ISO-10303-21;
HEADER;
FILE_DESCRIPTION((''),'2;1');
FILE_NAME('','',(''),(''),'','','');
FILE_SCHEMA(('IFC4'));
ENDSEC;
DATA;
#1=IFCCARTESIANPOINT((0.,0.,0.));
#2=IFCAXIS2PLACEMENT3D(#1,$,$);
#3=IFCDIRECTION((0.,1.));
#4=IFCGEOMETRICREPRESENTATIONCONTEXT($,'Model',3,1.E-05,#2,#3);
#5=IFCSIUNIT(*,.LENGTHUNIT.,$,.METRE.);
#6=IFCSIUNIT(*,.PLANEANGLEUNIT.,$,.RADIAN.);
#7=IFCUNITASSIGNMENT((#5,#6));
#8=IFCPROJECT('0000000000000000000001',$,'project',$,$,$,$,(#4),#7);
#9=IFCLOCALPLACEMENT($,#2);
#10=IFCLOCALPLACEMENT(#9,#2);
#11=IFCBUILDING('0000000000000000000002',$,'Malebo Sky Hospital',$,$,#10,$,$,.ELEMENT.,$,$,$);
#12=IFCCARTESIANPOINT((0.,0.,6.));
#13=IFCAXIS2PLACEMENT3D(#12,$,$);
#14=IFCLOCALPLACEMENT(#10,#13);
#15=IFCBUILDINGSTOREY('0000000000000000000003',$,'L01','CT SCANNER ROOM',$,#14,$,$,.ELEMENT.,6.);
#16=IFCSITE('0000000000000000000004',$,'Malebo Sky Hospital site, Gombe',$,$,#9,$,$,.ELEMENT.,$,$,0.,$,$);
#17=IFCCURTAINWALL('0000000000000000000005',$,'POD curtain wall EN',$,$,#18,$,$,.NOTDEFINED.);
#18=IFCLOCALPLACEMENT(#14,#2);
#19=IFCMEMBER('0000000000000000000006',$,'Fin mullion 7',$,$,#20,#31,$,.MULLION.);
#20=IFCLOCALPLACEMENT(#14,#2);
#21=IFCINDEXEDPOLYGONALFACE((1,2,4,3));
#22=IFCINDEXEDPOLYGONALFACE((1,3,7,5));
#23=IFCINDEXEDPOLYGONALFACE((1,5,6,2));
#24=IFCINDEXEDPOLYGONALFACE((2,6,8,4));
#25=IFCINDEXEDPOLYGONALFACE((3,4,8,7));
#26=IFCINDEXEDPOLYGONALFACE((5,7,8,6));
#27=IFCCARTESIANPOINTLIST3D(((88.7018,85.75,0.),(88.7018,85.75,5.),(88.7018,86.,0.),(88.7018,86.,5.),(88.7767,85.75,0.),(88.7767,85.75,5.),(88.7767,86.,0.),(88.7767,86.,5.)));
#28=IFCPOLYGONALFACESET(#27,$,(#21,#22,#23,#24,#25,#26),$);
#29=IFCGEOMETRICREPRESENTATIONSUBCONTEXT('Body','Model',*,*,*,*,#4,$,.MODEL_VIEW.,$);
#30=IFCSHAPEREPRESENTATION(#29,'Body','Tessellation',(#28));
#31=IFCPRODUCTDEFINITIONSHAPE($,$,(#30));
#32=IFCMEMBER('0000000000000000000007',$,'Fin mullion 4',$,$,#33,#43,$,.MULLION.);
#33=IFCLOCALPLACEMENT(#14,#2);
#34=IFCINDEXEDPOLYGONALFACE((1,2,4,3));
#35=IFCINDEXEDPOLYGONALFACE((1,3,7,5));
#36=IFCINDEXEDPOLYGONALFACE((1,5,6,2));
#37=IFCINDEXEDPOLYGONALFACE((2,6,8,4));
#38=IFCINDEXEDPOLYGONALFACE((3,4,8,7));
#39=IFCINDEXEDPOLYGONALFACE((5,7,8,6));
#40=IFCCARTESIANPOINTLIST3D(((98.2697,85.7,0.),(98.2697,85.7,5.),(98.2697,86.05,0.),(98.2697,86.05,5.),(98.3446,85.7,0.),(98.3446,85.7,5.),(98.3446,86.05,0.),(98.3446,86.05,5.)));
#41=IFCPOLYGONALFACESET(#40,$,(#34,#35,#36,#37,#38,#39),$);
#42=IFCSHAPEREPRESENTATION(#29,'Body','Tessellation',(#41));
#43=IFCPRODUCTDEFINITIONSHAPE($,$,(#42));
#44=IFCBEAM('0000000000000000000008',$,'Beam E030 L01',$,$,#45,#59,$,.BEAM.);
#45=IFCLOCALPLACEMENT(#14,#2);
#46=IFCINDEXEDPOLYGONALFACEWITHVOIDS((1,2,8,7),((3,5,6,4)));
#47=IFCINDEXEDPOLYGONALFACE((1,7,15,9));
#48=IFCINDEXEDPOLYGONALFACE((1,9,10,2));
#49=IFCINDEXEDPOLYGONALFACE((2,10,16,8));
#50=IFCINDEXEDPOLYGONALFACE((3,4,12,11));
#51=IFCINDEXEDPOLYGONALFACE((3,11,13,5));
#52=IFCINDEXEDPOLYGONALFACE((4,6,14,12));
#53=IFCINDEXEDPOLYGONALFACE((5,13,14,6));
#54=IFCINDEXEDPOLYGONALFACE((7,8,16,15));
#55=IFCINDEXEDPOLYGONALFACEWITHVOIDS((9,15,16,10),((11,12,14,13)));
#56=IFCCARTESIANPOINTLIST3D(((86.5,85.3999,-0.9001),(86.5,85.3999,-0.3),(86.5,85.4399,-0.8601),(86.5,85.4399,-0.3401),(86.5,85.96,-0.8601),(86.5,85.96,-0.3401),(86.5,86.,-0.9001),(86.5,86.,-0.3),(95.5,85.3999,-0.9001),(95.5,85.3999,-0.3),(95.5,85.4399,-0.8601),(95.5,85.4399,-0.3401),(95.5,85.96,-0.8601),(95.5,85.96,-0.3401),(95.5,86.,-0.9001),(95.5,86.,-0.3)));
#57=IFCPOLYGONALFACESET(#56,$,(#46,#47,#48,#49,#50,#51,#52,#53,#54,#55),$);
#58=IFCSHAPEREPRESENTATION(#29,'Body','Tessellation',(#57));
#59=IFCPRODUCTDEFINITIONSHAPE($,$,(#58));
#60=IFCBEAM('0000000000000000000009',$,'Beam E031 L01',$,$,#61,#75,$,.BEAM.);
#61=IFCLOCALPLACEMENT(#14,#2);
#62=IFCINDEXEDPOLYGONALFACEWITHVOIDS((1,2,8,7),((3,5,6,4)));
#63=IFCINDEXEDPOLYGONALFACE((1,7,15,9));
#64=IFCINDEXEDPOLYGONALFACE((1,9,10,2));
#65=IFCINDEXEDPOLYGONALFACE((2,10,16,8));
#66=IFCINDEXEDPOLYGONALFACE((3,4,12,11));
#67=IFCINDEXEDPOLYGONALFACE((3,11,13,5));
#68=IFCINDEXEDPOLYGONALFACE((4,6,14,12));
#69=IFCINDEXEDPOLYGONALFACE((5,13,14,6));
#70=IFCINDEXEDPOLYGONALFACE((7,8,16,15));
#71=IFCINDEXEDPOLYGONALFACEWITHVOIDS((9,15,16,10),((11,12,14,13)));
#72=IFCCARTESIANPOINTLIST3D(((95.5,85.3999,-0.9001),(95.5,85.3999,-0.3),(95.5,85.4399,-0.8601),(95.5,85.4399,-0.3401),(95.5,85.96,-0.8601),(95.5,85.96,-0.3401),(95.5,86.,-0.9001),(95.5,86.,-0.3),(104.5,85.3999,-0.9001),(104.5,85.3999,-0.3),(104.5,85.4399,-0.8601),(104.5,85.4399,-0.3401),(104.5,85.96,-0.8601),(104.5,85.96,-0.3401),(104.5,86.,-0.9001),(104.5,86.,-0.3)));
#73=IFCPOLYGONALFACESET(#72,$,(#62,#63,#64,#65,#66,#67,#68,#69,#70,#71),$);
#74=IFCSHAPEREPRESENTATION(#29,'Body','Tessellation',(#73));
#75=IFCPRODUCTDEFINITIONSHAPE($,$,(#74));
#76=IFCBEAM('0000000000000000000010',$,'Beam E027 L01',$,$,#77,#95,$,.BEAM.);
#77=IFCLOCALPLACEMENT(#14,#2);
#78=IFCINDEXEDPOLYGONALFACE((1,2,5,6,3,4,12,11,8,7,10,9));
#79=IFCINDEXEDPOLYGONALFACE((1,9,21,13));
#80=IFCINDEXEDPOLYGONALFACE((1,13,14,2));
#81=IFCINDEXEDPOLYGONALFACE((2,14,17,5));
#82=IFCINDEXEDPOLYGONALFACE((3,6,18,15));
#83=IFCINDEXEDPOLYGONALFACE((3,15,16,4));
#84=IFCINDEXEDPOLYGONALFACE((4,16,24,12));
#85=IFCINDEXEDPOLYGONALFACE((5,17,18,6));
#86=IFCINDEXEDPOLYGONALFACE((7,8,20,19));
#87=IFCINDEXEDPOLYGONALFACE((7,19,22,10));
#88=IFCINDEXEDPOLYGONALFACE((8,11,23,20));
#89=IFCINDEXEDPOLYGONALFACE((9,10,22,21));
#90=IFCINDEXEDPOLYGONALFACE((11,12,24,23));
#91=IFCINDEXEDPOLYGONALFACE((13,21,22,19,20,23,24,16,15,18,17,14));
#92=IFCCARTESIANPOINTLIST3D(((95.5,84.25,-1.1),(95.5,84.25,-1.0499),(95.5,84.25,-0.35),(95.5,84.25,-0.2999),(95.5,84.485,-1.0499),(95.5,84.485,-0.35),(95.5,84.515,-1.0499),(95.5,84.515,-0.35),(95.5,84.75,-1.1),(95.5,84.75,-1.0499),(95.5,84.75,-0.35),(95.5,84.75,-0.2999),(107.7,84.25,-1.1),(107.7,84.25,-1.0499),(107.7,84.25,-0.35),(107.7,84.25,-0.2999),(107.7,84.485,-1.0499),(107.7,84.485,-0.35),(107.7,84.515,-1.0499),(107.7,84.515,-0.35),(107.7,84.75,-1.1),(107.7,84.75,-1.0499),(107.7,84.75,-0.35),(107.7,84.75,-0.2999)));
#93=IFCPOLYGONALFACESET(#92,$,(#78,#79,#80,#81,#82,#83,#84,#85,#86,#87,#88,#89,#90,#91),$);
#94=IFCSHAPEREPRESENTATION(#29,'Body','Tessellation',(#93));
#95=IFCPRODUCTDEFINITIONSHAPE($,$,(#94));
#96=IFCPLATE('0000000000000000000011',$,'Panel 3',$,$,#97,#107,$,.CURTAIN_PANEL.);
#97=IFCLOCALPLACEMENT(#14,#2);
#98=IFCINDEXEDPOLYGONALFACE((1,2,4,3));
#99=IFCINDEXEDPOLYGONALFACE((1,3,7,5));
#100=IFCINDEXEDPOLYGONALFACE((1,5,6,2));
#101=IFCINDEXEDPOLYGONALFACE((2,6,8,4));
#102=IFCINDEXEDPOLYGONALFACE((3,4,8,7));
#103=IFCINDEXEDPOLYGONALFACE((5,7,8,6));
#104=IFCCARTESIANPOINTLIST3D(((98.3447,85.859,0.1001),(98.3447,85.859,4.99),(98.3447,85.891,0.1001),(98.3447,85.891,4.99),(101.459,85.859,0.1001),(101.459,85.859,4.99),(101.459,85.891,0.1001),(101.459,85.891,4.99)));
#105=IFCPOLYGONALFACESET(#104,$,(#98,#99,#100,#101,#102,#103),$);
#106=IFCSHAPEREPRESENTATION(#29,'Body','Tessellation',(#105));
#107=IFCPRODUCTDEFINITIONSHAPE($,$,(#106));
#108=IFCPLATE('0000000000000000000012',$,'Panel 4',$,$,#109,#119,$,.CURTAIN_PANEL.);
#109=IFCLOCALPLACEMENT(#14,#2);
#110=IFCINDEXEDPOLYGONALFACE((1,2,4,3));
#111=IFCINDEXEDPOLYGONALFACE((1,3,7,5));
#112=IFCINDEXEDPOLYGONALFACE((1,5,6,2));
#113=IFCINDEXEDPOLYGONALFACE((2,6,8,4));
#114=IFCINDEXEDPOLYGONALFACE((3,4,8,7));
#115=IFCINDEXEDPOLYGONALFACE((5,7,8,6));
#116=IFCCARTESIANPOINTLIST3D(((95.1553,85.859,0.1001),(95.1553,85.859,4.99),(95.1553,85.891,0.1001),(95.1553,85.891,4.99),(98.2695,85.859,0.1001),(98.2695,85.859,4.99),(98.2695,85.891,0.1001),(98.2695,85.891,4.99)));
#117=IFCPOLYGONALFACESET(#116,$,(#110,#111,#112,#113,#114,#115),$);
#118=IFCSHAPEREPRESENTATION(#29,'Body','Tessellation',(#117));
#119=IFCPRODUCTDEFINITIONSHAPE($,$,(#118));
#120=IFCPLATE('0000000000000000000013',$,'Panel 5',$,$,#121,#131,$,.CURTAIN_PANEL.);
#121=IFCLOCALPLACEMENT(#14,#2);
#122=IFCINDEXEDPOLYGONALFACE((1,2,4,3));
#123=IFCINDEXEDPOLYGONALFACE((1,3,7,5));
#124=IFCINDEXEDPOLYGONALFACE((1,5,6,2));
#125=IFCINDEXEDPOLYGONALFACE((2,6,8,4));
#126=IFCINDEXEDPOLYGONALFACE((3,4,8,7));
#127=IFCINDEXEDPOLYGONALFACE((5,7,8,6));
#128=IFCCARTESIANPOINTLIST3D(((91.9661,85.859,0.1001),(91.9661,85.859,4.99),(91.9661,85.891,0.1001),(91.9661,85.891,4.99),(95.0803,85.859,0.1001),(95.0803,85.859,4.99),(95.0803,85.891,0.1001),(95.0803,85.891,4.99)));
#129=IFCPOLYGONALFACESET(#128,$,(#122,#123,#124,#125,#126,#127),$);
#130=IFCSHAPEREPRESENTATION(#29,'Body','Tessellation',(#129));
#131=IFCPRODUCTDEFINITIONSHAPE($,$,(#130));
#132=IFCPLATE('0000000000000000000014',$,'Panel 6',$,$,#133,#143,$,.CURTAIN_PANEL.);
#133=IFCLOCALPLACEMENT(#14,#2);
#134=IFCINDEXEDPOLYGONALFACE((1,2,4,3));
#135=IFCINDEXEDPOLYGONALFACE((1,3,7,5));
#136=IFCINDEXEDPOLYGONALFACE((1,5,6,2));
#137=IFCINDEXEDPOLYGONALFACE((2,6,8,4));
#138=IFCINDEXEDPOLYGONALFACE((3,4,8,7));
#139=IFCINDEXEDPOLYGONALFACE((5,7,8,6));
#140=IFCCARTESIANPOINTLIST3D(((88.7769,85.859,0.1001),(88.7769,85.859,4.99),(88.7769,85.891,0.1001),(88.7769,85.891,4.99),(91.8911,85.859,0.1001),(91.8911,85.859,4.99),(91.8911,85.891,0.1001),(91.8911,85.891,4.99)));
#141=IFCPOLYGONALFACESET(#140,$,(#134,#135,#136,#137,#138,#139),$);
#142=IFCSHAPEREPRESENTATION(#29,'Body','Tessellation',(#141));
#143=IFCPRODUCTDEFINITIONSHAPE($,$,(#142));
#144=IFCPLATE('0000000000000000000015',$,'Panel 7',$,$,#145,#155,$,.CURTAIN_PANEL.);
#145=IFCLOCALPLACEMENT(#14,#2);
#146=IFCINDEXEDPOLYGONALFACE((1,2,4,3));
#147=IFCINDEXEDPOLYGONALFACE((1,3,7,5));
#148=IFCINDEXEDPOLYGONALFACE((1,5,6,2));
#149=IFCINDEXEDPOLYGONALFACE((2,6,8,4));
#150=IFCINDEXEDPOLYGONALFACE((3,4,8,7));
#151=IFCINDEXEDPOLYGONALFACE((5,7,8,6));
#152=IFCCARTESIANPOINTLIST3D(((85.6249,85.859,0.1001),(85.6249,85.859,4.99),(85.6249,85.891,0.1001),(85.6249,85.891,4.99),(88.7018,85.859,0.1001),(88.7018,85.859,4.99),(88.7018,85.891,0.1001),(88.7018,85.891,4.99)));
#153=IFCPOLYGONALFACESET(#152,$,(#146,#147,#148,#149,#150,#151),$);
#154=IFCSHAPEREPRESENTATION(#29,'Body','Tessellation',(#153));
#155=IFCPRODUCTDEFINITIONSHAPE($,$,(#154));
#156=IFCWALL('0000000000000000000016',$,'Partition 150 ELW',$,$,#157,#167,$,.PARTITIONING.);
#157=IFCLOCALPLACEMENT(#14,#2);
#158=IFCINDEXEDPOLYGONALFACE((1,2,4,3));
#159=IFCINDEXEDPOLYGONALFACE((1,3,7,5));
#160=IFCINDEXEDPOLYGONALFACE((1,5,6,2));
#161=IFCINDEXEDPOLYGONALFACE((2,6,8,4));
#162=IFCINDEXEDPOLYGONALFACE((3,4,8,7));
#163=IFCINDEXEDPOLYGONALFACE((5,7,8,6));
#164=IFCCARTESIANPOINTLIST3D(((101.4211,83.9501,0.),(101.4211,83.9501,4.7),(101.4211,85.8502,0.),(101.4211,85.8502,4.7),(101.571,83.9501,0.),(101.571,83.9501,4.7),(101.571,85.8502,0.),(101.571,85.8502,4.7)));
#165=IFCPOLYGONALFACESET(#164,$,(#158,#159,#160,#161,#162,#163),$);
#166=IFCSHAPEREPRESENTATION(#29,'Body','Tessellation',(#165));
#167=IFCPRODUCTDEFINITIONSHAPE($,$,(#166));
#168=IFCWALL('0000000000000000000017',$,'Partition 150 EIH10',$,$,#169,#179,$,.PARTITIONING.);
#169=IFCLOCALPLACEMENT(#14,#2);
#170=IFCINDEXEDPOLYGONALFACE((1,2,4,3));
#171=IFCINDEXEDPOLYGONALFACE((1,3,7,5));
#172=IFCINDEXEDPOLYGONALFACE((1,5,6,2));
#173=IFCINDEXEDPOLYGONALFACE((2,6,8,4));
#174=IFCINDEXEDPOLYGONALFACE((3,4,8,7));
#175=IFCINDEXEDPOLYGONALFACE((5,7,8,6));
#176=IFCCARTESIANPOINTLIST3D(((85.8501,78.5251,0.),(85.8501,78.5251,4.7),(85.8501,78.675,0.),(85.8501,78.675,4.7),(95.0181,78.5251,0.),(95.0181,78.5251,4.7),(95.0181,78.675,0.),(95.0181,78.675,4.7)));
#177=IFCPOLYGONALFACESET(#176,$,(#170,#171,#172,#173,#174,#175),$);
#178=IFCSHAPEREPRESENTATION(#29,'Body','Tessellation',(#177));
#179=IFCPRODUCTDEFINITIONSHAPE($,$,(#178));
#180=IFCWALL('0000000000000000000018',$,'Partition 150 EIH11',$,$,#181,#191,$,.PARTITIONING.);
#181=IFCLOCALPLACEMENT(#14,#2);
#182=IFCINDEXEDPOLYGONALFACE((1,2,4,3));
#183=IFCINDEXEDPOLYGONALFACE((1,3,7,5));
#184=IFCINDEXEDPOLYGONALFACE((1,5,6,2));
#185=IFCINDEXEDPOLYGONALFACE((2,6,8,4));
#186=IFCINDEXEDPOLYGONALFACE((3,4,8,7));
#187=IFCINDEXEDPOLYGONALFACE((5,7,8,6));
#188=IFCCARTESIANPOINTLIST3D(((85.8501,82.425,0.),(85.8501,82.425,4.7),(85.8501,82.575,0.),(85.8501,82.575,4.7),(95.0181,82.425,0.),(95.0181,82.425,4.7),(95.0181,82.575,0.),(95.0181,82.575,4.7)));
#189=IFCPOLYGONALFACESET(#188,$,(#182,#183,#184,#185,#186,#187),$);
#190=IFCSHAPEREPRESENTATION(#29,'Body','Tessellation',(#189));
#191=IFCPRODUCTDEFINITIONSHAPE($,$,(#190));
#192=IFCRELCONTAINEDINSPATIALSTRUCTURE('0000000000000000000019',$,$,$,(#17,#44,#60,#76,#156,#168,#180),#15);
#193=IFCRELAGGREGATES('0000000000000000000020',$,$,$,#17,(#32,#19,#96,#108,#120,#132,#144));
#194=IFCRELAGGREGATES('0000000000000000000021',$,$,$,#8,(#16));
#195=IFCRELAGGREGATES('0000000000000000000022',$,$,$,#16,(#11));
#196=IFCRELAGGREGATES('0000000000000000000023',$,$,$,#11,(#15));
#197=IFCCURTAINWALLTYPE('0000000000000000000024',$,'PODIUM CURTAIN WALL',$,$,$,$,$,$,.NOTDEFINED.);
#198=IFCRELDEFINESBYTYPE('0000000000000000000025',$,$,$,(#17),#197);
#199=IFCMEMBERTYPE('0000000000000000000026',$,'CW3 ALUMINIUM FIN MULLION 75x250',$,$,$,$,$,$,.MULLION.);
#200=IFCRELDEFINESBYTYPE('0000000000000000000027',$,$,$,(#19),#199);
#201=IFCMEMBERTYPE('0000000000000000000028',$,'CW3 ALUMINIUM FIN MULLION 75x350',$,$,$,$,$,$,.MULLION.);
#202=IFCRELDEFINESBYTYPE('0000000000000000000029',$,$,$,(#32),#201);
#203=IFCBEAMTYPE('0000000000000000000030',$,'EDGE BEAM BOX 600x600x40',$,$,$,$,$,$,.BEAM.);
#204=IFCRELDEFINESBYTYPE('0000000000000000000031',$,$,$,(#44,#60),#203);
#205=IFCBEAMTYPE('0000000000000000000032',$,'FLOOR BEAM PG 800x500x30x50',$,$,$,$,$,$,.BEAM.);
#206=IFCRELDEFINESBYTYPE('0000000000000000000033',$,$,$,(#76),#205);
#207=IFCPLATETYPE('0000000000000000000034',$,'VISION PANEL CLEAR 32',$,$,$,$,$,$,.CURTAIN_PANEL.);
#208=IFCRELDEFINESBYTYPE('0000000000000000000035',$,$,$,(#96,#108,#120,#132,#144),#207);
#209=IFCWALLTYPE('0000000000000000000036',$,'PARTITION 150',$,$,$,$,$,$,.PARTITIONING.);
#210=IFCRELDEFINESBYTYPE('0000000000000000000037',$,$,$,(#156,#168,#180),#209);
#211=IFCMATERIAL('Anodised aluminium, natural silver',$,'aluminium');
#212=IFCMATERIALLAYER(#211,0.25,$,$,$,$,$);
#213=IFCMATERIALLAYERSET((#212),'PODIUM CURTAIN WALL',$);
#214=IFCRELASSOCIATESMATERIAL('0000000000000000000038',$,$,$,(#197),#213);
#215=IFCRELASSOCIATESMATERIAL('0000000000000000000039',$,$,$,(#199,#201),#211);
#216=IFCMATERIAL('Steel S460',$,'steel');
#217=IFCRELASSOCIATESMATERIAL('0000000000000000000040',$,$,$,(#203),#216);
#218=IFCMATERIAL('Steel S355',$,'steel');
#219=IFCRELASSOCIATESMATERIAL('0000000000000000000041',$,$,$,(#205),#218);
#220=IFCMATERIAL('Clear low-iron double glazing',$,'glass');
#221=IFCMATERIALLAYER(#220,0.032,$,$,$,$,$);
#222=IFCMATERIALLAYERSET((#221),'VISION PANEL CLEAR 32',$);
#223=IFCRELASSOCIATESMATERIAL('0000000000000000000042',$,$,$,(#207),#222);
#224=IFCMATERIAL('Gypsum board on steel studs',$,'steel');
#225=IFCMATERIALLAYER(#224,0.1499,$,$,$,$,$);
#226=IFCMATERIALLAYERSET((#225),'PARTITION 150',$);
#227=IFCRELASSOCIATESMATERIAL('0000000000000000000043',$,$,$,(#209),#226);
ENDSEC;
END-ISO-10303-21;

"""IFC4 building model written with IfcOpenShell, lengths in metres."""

from ifc_helpers import new_model, si_unit, direction, frame, frame_2d, origin, origin_2d, place, context, subcontext, project, spatial, rectangle, hollow_rectangle, i_section, extrude, material, layer, layer_set, material_profile, profile_set, type_object, element, aggregate, save


model = new_model("IFC4")

# Units and contexts
model_context = context("Model", 3, precision=1e-05, world=origin(), true_north=direction((0.0, 1.0)))
body_context = subcontext(model_context, "Body", "Model", "MODEL_VIEW")
ifc_project = project(units=[si_unit("LENGTHUNIT", "METRE"), si_unit("PLANEANGLEUNIT", "RADIAN")], contexts=[model_context])

# Site, building, storey
site_placement = place(None, origin())
site = spatial("IfcSite", under=ifc_project, at=site_placement, Name="Malebo Sky Hospital site, Gombe", CompositionType="ELEMENT", RefElevation=0.0)
building_placement = place(site_placement, origin())
building = spatial("IfcBuilding", under=site, at=building_placement, Name="Malebo Sky Hospital", CompositionType="ELEMENT")
storey_placement = place(building_placement, frame((0.0, 0.0, 6.0)))
storey = spatial("IfcBuildingStorey", under=building, at=storey_placement, Name="L01", Description="CT SCANNER ROOM", CompositionType="ELEMENT", Elevation=6.0)

# Shared definitions
ifc_material_1 = material(Name="Steel S355", Category="steel")

# Curtain wall, members
ifc_material_2 = material(Name="Anodised aluminium, natural silver", Category="aluminium")
ifc_layer_1 = layer(ifc_material_2, 0.25)
ifc_layer_set_1 = layer_set([ifc_layer_1], Name="PODIUM CURTAIN WALL")
curtain_wall_type = type_object("IfcCurtainWallType", Name="PODIUM CURTAIN WALL", PredefinedType="NOTDEFINED", material=ifc_layer_set_1)
curtain_wall_placement = place(storey_placement, origin())
curtain_wall = element("IfcCurtainWall", 1, at=curtain_wall_placement, inside=storey, type_object=curtain_wall_type, Name="POD curtain wall EN", PredefinedType="NOTDEFINED")
ifc_material_profile_1 = material_profile(ifc_material_2, rectangle(XDim=0.075, YDim=0.25, at=origin_2d()), Name="CW3 ALUMINIUM FIN MULLION 75x250")
ifc_profile_set_1 = profile_set([ifc_material_profile_1], Name="Anodised aluminium, natural silver")
member_type_1 = type_object("IfcMemberType", Name="CW3 ALUMINIUM FIN MULLION 75x250", PredefinedType="MULLION", material=ifc_profile_set_1)
member_1_placement = place(storey_placement, frame((88.7393, 85.875, 0.0), z_axis=(0.0, 0.0, 1.0), x_axis=(-1.0, 0.0, 0.0)))
member_1 = element("IfcMember", 2, at=member_1_placement, type_object=member_type_1, Name="Fin mullion 7", PredefinedType="MULLION", context=body_context, shape_type="SweptSolid", body=[
    extrude(rectangle(XDim=0.075, YDim=0.25, at=origin_2d()), origin(), (0.0, 0.0, 1.0), 5.0),
])
ifc_material_profile_2 = material_profile(ifc_material_2, rectangle(XDim=0.075, YDim=0.3501, at=origin_2d()), Name="CW3 ALUMINIUM FIN MULLION 75x350")
ifc_profile_set_2 = profile_set([ifc_material_profile_2], Name="Anodised aluminium, natural silver")
member_type_2 = type_object("IfcMemberType", Name="CW3 ALUMINIUM FIN MULLION 75x350", PredefinedType="MULLION", material=ifc_profile_set_2)
member_2_placement = place(storey_placement, frame((98.3071, 85.875, 0.0), z_axis=(0.0, 0.0, 1.0), x_axis=(-1.0, 0.0, 0.0)))
member_2 = element("IfcMember", 3, at=member_2_placement, type_object=member_type_2, Name="Fin mullion 4", PredefinedType="MULLION", context=body_context, shape_type="SweptSolid", body=[
    extrude(rectangle(XDim=0.075, YDim=0.3501, at=origin_2d()), origin(), (0.0, 0.0, 1.0), 5.0),
])

# Beams
ifc_material_3 = material(Name="Steel S460", Category="steel")
ifc_material_profile_3 = material_profile(ifc_material_3, hollow_rectangle(XDim=0.6001, YDim=0.6001, WallThickness=0.04, at=origin_2d()), Name="BOX 600x600x40")
ifc_profile_set_3 = profile_set([ifc_material_profile_3], Name="Steel S460")
beam_type_1 = type_object("IfcBeamType", Name="EDGE BEAM BOX 600x600x40", PredefinedType="BEAM", material=ifc_profile_set_3)
for number, where, z_axis, x_axis, name in (
    (4, (86.5, 85.7, -0.6001), (1.0, 0.0, 0.0), (0.0, 1.0, 0.0), "Beam E030 L01"),
    (5, (95.5, 85.7, -0.6001), (1.0, 0.0, 0.0), (0.0, 1.0, 0.0), "Beam E031 L01"),
):
    element("IfcBeam", number, at=place(storey_placement, frame(where, z_axis=z_axis, x_axis=x_axis)), inside=storey, type_object=beam_type_1, Name=name, PredefinedType="BEAM", context=body_context, shape_type="SweptSolid", body=[
        extrude(hollow_rectangle(XDim=0.6001, YDim=0.6001, WallThickness=0.04, at=origin_2d()), origin(), (0.0, 0.0, 1.0), 9.0),
    ])
ifc_material_profile_4 = material_profile(ifc_material_1, i_section(OverallWidth=0.5, OverallDepth=0.8, WebThickness=0.03, FlangeThickness=0.05, at=origin_2d()), Name="PG 800x500x30x50")
ifc_profile_set_4 = profile_set([ifc_material_profile_4], Name="Steel S355")
beam_type_2 = type_object("IfcBeamType", Name="FLOOR BEAM PG 800x500x30x50", PredefinedType="BEAM", material=ifc_profile_set_4)
beam_placement = place(storey_placement, frame((95.5, 84.5, -0.7), z_axis=(1.0, 0.0, 0.0), x_axis=(0.0, 1.0, 0.0)))
element("IfcBeam", 6, at=beam_placement, inside=storey, type_object=beam_type_2, Name="Beam E027 L01", PredefinedType="BEAM", context=body_context, shape_type="SweptSolid", body=[
    extrude(i_section(OverallWidth=0.5, OverallDepth=0.8, WebThickness=0.03, FlangeThickness=0.05, at=origin_2d()), origin(), (0.0, 0.0, 1.0), 12.2),
])

# Plates
ifc_material_4 = material(Name="Clear low-iron double glazing", Category="glass")
ifc_layer_2 = layer(ifc_material_4, 0.032)
ifc_layer_set_2 = layer_set([ifc_layer_2], Name="VISION PANEL CLEAR 32")
plate_type = type_object("IfcPlateType", Name="VISION PANEL CLEAR 32", PredefinedType="CURTAIN_PANEL", material=ifc_layer_set_2)
plate_1_placement = place(storey_placement, frame((99.9019, 85.875, 0.1001), z_axis=(0.0, 0.0, 1.0), x_axis=(-1.0, 0.0, 0.0)))
plate_1 = element("IfcPlate", 7, at=plate_1_placement, type_object=plate_type, Name="Panel 3", PredefinedType="CURTAIN_PANEL", context=body_context, shape_type="SweptSolid", body=[
    extrude(rectangle(XDim=3.1143, YDim=0.032, at=origin_2d()), origin(), (0.0, 0.0, 1.0), 4.8899),
])
plate_2_placement = place(storey_placement, frame((96.7124, 85.875, 0.1001), z_axis=(0.0, 0.0, 1.0), x_axis=(-1.0, 0.0, 0.0)))
plate_2 = element("IfcPlate", 8, at=plate_2_placement, type_object=plate_type, Name="Panel 4", PredefinedType="CURTAIN_PANEL", context=body_context, shape_type="SweptSolid", body=[
    extrude(rectangle(XDim=3.1143, YDim=0.032, at=origin_2d()), origin(), (0.0, 0.0, 1.0), 4.8899),
])
plate_3_placement = place(storey_placement, frame((93.5232, 85.875, 0.1001), z_axis=(0.0, 0.0, 1.0), x_axis=(-1.0, 0.0, 0.0)))
plate_3 = element("IfcPlate", 9, at=plate_3_placement, type_object=plate_type, Name="Panel 5", PredefinedType="CURTAIN_PANEL", context=body_context, shape_type="SweptSolid", body=[
    extrude(rectangle(XDim=3.1143, YDim=0.032, at=origin_2d()), origin(), (0.0, 0.0, 1.0), 4.8899),
])
plate_4_placement = place(storey_placement, frame((90.334, 85.875, 0.1001), z_axis=(0.0, 0.0, 1.0), x_axis=(-1.0, 0.0, 0.0)))
plate_4 = element("IfcPlate", 10, at=plate_4_placement, type_object=plate_type, Name="Panel 6", PredefinedType="CURTAIN_PANEL", context=body_context, shape_type="SweptSolid", body=[
    extrude(rectangle(XDim=3.1143, YDim=0.032, at=origin_2d()), origin(), (0.0, 0.0, 1.0), 4.8899),
])
plate_5_placement = place(storey_placement, frame((87.1633, 85.875, 0.1001), z_axis=(0.0, 0.0, 1.0), x_axis=(-1.0, 0.0, 0.0)))
plate_5 = element("IfcPlate", 11, at=plate_5_placement, type_object=plate_type, Name="Panel 7", PredefinedType="CURTAIN_PANEL", context=body_context, shape_type="SweptSolid", body=[
    extrude(rectangle(XDim=3.0769, YDim=0.032, at=origin_2d()), origin(), (0.0, 0.0, 1.0), 4.8899),
])
aggregate(curtain_wall, [member_2, member_1, plate_1, plate_2, plate_3, plate_4, plate_5])

# Walls
ifc_material_5 = material(Name="Gypsum board on steel studs", Category="steel")
ifc_layer_3 = layer(ifc_material_5, 0.1499)
ifc_layer_set_3 = layer_set([ifc_layer_3], Name="PARTITION 150")
wall_type_1 = type_object("IfcWallType", Name="PARTITION 150", PredefinedType="PARTITIONING", material=ifc_layer_set_3)
wall_1_placement = place(storey_placement, frame((101.4961, 83.95, 0.0), z_axis=(0.0, 0.0, 1.0), x_axis=(0.0, 1.0, 0.0)))
element("IfcWall", 12, at=wall_1_placement, inside=storey, type_object=wall_type_1, Name="Partition 150 ELW", PredefinedType="PARTITIONING", context=body_context, shape_type="SweptSolid", body=[
    extrude(rectangle(XDim=1.9001, YDim=0.1499, at=frame_2d((0.9502, 0.0))), origin(), (0.0, 0.0, 1.0), 4.7),
])
for number, where, z_axis, x_axis, name in (
    (13, (95.0181, 78.6001, 0.0), (0.0, 0.0, 1.0), (-1.0, 0.0, 0.0), "Partition 150 EIH10"),
    (14, (95.0181, 82.5, 0.0), (0.0, 0.0, 1.0), (-1.0, 0.0, 0.0), "Partition 150 EIH11"),
):
    element("IfcWall", number, at=place(storey_placement, frame(where, z_axis=z_axis, x_axis=x_axis)), inside=storey, type_object=wall_type_1, Name=name, PredefinedType="PARTITIONING", context=body_context, shape_type="SweptSolid", body=[
        extrude(rectangle(XDim=9.168, YDim=0.1499, at=frame_2d((4.584, 0.0))), origin(), (0.0, 0.0, 1.0), 4.7),
    ])

save(model, "model.ifc")
